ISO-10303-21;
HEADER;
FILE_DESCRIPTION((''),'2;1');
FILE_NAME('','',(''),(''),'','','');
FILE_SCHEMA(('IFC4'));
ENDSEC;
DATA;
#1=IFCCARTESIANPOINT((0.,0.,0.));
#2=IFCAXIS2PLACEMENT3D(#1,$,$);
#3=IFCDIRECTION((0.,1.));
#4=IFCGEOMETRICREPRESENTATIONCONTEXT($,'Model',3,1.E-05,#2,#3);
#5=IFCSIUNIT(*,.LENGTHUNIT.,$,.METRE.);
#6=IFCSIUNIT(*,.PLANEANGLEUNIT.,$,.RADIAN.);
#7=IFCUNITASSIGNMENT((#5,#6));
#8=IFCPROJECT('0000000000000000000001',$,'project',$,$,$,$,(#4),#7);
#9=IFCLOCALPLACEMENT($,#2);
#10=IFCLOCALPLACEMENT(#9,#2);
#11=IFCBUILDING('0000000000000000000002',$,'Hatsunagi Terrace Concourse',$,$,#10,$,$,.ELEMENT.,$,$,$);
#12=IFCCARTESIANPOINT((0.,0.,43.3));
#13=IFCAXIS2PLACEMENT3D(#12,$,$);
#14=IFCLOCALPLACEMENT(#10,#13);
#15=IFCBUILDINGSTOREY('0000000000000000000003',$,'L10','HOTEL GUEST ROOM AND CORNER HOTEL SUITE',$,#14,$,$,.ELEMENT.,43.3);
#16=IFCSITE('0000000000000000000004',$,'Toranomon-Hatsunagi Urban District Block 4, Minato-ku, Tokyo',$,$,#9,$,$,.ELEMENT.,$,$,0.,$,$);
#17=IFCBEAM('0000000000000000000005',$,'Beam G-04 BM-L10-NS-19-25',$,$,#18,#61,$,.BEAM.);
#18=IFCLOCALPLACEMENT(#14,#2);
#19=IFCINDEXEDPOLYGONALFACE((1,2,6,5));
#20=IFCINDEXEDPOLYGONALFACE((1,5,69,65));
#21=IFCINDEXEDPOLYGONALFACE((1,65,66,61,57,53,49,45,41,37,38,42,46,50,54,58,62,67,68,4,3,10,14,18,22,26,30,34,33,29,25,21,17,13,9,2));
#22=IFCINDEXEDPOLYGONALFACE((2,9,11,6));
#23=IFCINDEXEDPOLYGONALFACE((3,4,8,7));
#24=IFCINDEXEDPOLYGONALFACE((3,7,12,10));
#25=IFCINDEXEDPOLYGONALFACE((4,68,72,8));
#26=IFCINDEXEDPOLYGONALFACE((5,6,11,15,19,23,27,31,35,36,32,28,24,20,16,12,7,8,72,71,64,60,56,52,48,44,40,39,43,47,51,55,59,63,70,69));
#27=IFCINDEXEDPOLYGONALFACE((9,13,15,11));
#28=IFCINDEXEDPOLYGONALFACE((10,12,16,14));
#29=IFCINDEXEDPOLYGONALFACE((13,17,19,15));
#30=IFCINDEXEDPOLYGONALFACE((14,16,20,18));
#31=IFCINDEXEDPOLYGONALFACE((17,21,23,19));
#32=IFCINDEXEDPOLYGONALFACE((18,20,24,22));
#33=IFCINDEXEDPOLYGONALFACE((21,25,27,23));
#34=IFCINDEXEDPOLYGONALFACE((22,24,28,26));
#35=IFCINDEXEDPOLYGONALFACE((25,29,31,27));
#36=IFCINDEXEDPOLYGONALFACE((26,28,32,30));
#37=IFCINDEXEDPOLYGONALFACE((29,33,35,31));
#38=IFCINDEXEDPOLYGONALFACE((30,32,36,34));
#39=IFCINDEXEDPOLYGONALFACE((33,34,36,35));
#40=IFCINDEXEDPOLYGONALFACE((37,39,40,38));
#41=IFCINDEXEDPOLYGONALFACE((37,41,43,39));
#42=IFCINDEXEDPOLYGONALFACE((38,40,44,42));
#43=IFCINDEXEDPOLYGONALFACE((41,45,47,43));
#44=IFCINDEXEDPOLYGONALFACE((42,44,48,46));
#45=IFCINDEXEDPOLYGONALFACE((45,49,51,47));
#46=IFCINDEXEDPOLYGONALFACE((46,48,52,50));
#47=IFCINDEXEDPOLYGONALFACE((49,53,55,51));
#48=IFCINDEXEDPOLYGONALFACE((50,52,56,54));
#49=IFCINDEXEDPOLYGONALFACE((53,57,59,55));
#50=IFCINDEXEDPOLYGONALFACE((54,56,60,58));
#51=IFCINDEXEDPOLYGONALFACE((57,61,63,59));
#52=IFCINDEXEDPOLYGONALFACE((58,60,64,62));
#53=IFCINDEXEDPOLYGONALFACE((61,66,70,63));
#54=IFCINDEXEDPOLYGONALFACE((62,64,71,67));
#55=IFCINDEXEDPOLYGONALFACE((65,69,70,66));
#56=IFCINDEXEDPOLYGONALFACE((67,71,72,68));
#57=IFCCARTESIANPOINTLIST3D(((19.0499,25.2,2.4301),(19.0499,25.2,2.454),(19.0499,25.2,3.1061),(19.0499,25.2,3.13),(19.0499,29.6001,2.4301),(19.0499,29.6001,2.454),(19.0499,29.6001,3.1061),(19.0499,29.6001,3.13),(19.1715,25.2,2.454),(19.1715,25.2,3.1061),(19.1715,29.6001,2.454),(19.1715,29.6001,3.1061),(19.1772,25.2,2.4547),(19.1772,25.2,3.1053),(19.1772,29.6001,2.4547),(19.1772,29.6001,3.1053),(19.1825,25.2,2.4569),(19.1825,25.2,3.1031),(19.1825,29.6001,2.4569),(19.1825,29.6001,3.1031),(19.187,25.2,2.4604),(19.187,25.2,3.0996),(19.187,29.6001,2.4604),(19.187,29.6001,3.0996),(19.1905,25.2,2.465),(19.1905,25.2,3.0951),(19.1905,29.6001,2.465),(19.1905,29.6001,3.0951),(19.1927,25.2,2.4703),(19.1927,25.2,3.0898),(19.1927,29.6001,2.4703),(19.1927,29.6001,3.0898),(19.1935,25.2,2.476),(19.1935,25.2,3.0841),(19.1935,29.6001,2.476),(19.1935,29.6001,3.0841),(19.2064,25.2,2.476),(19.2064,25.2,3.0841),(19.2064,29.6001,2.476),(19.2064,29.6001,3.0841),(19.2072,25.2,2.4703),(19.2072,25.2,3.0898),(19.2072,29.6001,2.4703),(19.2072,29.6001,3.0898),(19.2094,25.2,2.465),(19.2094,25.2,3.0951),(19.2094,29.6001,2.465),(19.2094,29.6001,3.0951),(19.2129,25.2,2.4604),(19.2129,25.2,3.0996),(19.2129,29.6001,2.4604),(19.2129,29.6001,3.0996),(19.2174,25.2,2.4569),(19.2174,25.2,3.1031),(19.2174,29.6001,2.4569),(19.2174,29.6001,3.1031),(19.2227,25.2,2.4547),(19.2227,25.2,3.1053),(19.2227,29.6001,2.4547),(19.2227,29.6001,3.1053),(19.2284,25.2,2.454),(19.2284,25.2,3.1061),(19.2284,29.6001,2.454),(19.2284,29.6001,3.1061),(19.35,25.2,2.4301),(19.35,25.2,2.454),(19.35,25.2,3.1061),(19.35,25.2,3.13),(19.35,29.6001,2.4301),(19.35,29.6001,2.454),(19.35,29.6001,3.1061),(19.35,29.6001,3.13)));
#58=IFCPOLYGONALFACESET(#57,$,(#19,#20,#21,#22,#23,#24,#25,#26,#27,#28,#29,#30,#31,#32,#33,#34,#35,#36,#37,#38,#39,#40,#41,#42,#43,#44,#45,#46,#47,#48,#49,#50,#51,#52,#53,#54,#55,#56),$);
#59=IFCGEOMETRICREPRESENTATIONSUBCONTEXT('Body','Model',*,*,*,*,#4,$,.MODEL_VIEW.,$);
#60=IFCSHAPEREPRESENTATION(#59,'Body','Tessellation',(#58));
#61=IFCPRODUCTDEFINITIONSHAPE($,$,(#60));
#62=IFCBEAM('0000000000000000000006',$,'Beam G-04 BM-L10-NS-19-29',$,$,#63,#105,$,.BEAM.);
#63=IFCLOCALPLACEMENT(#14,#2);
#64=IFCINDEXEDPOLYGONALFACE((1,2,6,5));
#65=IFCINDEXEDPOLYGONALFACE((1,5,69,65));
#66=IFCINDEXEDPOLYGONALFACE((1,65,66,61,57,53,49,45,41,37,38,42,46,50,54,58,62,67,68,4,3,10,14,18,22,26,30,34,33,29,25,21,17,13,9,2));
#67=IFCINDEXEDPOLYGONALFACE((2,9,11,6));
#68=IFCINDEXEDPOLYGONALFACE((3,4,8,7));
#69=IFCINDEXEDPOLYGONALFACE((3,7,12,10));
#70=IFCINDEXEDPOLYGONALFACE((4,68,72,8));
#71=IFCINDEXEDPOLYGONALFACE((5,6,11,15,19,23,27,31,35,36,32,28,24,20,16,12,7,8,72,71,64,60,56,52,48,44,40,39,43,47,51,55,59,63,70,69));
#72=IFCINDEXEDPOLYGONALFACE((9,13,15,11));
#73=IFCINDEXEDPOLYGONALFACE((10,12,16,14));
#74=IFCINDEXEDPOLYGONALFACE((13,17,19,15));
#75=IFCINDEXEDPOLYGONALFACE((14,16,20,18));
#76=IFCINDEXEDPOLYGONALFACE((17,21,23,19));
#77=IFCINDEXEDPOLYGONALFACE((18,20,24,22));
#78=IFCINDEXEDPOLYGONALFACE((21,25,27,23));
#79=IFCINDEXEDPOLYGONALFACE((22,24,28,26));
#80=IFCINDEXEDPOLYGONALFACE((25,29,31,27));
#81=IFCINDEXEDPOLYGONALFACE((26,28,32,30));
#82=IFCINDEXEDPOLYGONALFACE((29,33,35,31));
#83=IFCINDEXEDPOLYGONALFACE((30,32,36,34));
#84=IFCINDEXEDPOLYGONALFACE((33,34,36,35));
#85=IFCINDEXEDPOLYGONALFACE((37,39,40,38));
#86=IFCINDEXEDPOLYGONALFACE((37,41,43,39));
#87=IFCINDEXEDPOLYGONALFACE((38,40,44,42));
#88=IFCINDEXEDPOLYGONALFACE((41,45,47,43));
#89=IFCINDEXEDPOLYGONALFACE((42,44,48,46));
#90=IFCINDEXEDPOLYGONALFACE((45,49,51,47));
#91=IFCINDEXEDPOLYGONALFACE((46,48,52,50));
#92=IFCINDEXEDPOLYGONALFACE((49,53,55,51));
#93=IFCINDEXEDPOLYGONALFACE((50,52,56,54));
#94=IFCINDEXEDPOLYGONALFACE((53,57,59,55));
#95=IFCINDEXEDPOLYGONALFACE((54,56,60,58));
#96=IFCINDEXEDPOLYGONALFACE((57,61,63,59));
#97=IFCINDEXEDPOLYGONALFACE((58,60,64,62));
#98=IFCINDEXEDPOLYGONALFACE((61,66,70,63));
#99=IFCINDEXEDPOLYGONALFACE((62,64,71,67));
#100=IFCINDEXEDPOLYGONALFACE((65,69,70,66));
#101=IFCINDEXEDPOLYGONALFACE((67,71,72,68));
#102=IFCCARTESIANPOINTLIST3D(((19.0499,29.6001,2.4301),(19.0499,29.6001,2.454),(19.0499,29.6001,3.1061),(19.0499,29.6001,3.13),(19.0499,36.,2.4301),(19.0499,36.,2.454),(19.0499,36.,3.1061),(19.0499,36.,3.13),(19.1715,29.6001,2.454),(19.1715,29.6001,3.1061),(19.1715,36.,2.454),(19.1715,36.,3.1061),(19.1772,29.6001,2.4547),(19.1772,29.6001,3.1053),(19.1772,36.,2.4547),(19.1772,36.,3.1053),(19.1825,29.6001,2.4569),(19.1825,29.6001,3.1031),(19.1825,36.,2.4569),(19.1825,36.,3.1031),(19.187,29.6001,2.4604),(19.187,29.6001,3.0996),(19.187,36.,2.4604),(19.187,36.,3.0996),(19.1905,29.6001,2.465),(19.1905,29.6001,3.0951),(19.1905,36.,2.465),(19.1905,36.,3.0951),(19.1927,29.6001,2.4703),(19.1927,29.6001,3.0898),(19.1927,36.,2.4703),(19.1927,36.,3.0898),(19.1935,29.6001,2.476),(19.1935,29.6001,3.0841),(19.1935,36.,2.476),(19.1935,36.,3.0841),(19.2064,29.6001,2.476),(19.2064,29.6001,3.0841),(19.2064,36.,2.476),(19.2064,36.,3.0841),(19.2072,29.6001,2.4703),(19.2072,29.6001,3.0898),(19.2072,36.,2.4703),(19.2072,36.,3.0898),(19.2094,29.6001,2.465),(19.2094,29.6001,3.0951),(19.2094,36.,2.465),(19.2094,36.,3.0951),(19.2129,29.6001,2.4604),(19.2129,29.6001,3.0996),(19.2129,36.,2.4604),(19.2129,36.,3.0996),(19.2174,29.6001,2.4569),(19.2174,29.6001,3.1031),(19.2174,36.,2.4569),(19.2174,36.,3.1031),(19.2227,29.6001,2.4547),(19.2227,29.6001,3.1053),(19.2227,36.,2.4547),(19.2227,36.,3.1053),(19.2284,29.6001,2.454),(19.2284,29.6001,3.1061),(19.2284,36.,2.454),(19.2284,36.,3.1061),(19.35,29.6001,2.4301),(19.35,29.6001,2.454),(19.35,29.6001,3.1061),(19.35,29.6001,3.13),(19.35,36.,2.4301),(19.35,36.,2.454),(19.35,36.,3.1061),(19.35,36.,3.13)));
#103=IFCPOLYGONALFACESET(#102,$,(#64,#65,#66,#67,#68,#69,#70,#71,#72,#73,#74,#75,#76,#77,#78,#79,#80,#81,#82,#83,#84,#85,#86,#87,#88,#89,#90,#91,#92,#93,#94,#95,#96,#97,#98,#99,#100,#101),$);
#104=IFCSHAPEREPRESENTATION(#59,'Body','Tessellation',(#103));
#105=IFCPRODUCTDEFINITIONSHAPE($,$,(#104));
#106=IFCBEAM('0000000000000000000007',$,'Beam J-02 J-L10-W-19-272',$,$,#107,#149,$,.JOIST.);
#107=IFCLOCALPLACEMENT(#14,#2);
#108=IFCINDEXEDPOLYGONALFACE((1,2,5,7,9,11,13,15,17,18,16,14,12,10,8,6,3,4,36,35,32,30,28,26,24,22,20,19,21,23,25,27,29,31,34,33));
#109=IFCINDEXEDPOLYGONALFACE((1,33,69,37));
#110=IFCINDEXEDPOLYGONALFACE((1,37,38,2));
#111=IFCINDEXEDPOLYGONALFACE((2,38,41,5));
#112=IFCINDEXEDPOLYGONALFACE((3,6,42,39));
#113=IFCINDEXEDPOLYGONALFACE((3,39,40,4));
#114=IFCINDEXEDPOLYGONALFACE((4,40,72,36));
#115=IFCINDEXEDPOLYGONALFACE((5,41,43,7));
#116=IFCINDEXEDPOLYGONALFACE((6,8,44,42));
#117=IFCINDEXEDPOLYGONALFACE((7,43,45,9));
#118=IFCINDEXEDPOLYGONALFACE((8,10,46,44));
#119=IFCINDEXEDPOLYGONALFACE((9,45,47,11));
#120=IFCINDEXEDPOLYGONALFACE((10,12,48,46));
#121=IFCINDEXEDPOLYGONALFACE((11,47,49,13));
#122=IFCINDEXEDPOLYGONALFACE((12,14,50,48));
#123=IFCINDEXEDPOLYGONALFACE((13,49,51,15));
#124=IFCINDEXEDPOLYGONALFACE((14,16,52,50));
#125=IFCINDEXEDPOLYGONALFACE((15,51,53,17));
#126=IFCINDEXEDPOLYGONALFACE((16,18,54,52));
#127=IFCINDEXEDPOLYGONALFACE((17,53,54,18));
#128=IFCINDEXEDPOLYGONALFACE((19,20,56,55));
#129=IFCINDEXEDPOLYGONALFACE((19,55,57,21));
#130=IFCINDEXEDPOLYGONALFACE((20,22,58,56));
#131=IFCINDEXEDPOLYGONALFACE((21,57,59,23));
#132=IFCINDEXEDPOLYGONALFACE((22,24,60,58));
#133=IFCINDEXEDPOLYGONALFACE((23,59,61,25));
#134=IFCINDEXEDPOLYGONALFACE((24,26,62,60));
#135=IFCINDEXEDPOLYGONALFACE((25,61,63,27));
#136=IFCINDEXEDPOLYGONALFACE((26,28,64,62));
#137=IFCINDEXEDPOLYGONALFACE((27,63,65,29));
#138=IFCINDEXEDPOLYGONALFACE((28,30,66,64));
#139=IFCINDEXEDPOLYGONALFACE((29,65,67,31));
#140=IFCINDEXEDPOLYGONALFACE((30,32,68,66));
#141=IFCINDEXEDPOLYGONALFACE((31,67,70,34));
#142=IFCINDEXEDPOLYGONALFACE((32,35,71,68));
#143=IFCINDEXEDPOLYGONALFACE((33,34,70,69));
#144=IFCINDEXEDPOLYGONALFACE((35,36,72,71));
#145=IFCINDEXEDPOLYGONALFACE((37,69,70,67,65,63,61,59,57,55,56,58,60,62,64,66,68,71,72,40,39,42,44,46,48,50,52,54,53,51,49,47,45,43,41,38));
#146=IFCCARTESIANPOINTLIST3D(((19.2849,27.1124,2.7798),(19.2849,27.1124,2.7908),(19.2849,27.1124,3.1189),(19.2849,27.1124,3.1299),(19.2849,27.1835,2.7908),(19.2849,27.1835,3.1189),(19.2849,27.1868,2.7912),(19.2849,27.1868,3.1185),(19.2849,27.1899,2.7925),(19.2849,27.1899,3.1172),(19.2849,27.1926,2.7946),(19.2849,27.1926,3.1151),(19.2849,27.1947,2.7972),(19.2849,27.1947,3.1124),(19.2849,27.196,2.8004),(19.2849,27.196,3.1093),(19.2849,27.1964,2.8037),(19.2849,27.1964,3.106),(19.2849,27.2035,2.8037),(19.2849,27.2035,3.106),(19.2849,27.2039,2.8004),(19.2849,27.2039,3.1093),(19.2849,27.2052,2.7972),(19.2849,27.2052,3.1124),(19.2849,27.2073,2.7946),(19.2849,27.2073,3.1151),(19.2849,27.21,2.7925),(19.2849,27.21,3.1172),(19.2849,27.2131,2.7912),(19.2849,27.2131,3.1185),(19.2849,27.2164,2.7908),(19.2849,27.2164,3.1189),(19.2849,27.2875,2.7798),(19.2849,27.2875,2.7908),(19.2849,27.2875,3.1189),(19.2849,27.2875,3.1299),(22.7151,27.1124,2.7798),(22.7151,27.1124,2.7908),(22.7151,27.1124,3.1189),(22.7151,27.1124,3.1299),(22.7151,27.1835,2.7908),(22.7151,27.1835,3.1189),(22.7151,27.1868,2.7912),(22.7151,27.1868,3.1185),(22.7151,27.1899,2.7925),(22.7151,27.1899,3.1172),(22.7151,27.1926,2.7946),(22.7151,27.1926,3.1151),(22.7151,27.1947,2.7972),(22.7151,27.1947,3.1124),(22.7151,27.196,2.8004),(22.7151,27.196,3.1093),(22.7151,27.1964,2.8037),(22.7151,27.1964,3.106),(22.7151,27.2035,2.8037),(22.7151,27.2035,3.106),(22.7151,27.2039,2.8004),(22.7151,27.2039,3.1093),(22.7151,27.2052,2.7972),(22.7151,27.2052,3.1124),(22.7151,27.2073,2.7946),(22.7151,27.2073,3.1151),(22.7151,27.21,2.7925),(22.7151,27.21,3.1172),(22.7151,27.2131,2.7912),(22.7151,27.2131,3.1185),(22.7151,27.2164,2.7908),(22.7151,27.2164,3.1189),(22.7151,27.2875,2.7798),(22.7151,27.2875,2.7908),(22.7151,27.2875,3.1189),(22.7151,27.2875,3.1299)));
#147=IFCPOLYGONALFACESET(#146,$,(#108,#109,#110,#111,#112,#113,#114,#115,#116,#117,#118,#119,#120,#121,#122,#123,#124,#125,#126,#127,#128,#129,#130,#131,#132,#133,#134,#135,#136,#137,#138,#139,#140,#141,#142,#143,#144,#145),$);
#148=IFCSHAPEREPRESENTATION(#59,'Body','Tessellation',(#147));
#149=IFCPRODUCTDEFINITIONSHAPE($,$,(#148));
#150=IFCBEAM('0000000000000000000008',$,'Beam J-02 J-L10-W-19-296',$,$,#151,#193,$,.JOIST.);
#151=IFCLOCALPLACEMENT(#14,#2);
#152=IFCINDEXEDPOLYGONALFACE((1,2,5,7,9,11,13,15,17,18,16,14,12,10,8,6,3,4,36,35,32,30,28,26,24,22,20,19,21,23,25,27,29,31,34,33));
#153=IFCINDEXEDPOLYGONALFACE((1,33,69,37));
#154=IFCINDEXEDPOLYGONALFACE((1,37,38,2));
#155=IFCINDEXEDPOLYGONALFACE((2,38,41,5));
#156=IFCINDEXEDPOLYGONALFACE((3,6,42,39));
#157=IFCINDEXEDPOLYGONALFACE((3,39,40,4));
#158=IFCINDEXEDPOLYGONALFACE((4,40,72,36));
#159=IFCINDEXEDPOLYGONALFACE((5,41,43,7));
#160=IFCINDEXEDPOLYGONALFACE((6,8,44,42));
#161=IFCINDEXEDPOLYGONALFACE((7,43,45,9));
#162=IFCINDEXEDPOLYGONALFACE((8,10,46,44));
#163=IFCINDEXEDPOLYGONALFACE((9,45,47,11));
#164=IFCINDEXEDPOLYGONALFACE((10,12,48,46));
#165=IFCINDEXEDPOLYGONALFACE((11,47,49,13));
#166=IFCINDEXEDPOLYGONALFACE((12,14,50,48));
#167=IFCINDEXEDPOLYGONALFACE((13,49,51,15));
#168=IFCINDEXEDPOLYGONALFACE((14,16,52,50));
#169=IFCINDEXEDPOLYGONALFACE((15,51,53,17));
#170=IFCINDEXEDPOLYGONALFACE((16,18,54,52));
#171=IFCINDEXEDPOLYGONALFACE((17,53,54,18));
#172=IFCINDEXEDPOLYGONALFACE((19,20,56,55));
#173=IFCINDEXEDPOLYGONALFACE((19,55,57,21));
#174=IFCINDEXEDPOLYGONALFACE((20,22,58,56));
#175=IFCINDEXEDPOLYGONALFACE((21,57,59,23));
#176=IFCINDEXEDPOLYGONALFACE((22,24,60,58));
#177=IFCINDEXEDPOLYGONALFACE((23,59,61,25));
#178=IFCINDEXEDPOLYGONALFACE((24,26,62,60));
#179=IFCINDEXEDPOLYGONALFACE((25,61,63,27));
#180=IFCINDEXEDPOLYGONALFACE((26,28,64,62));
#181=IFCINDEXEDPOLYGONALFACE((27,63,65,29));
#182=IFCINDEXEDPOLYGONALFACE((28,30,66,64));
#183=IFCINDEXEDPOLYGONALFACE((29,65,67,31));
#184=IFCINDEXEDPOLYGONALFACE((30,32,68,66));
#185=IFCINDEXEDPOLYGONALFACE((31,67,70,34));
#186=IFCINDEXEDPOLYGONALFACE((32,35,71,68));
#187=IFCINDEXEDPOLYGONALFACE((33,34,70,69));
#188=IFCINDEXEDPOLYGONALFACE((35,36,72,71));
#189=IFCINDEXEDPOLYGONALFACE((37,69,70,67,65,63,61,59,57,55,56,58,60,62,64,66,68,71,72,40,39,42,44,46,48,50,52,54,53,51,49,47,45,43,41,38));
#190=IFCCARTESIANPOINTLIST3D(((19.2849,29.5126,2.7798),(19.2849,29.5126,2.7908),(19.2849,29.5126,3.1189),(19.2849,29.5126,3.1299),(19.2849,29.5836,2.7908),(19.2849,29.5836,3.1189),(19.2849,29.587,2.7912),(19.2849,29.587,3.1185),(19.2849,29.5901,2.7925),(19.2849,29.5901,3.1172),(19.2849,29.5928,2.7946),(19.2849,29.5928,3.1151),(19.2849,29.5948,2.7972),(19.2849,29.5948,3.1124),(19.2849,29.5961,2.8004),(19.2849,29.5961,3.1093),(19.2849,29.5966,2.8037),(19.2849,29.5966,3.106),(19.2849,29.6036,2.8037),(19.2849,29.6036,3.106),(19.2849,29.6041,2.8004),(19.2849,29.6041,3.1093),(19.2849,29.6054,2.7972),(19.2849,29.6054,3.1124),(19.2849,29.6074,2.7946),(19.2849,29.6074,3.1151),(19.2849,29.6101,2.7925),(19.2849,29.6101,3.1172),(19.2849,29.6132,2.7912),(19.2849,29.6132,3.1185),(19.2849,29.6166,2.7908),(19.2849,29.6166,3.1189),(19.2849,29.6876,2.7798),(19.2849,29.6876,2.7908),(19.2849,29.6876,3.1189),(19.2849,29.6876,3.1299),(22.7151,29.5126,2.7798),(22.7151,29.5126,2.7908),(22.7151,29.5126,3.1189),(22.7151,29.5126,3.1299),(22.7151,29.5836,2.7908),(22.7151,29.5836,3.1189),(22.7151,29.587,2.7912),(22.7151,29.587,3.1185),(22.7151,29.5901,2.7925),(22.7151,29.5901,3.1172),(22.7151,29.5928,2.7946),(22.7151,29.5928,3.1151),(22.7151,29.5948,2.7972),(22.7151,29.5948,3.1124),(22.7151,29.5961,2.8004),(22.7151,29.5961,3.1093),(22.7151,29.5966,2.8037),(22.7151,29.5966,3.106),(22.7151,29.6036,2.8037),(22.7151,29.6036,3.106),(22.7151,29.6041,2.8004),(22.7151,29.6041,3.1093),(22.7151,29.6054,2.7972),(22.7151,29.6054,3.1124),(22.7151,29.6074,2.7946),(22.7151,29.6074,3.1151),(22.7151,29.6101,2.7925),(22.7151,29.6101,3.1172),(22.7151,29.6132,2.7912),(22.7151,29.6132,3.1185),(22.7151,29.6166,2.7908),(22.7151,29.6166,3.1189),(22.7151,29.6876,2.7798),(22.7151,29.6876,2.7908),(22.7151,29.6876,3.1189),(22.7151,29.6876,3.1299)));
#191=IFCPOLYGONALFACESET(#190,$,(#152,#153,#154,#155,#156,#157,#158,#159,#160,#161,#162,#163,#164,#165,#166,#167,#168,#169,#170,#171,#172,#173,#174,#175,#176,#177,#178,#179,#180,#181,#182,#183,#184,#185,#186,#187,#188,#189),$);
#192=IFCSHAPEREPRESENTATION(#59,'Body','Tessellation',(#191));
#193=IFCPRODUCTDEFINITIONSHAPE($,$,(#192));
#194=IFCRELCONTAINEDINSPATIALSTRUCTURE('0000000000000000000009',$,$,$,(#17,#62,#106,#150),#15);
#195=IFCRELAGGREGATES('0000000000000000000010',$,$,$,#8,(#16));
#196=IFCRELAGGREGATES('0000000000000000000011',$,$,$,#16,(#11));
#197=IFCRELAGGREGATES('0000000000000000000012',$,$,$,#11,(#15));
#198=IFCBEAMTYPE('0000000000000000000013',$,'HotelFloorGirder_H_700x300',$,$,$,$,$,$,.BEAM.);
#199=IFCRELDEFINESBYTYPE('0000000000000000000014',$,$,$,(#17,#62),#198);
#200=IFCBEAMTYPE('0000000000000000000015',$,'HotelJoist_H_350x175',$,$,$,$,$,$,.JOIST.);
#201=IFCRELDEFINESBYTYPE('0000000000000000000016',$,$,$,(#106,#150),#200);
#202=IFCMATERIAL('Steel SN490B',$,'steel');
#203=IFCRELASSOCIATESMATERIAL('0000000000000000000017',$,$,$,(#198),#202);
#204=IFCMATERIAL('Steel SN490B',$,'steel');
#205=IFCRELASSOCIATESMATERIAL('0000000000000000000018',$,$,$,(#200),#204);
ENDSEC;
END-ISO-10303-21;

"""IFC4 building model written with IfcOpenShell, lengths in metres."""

from ifc_helpers import new_model, si_unit, direction, frame, origin, origin_2d, place, context, subcontext, project, spatial, i_section, extrude, material, material_profile, profile_set, type_object, element, save


model = new_model("IFC4")

# Units and contexts
model_context = context("Model", 3, precision=1e-05, world=origin(), true_north=direction((0.0, 1.0)))
body_context = subcontext(model_context, "Body", "Model", "MODEL_VIEW")
ifc_project = project(units=[si_unit("LENGTHUNIT", "METRE"), si_unit("PLANEANGLEUNIT", "RADIAN")], contexts=[model_context])

# Site, building, storey
site_placement = place(None, origin())
site = spatial("IfcSite", under=ifc_project, at=site_placement, Name="Toranomon-Hatsunagi Urban District Block 4, Minato-ku, Tokyo", CompositionType="ELEMENT", RefElevation=0.0)
building_placement = place(site_placement, origin())
building = spatial("IfcBuilding", under=site, at=building_placement, Name="Hatsunagi Terrace Concourse", CompositionType="ELEMENT")
storey_placement = place(building_placement, frame((0.0, 0.0, 43.3)))
storey = spatial("IfcBuildingStorey", under=building, at=storey_placement, Name="L10", Description="HOTEL GUEST ROOM AND CORNER HOTEL SUITE", CompositionType="ELEMENT", Elevation=43.3)

# Beams
ifc_material_1 = material(Name="Steel SN490B", Category="steel")
ifc_material_profile_1 = material_profile(ifc_material_1, i_section(OverallWidth=0.3, OverallDepth=0.7, WebThickness=0.0129, FlangeThickness=0.0239, FilletRadius=0.022, at=origin_2d()), Name="H-700x300x13x24")
ifc_profile_set_1 = profile_set([ifc_material_profile_1], Name="Steel SN490B")
beam_type_1 = type_object("IfcBeamType", Name="HotelFloorGirder_H_700x300", PredefinedType="BEAM", material=ifc_profile_set_1)
beam_1_placement = place(storey_placement, frame((19.2, 25.2, 2.78), z_axis=(0.0, 1.0, 0.0), x_axis=(-1.0, 0.0, 0.0)))
element("IfcBeam", 1, at=beam_1_placement, inside=storey, type_object=beam_type_1, Name="Beam G-04 BM-L10-NS-19-25", PredefinedType="BEAM", context=body_context, shape_type="SweptSolid", body=[
    extrude(i_section(OverallWidth=0.3, OverallDepth=0.7, WebThickness=0.0129, FlangeThickness=0.0239, FilletRadius=0.022, at=origin_2d()), origin(), (0.0, 0.0, 1.0), 4.4001),
])
beam_2_placement = place(storey_placement, frame((19.2, 29.6001, 2.78), z_axis=(0.0, 1.0, 0.0), x_axis=(-1.0, 0.0, 0.0)))
element("IfcBeam", 2, at=beam_2_placement, inside=storey, type_object=beam_type_1, Name="Beam G-04 BM-L10-NS-19-29", PredefinedType="BEAM", context=body_context, shape_type="SweptSolid", body=[
    extrude(i_section(OverallWidth=0.3, OverallDepth=0.7, WebThickness=0.0129, FlangeThickness=0.0239, FilletRadius=0.022, at=origin_2d()), origin(), (0.0, 0.0, 1.0), 6.3999),
])
ifc_material_2 = material(Name="Steel SN490B", Category="steel")
ifc_material_profile_2 = material_profile(ifc_material_2, i_section(OverallWidth=0.175, OverallDepth=0.3501, WebThickness=0.0071, FlangeThickness=0.011, FilletRadius=0.0129, at=origin_2d()), Name="H-350x175x7x11")
ifc_profile_set_2 = profile_set([ifc_material_profile_2], Name="Steel SN490B")
beam_type_2 = type_object("IfcBeamType", Name="HotelJoist_H_350x175", PredefinedType="JOIST", material=ifc_profile_set_2)
for number, where, z_axis, x_axis, name in (
    (3, (19.2849, 27.2, 2.9548), (1.0, 0.0, 0.0), (0.0, 1.0, 0.0), "Beam J-02 J-L10-W-19-272"),
    (4, (19.2849, 29.6001, 2.9548), (1.0, 0.0, 0.0), (0.0, 1.0, 0.0), "Beam J-02 J-L10-W-19-296"),
):
    element("IfcBeam", number, at=place(storey_placement, frame(where, z_axis=z_axis, x_axis=x_axis)), inside=storey, type_object=beam_type_2, Name=name, PredefinedType="JOIST", context=body_context, shape_type="SweptSolid", body=[
        extrude(i_section(OverallWidth=0.175, OverallDepth=0.3501, WebThickness=0.0071, FlangeThickness=0.011, FilletRadius=0.0129, at=origin_2d()), origin(), (0.0, 0.0, 1.0), 3.4302),
    ])

save(model, "model.ifc")
